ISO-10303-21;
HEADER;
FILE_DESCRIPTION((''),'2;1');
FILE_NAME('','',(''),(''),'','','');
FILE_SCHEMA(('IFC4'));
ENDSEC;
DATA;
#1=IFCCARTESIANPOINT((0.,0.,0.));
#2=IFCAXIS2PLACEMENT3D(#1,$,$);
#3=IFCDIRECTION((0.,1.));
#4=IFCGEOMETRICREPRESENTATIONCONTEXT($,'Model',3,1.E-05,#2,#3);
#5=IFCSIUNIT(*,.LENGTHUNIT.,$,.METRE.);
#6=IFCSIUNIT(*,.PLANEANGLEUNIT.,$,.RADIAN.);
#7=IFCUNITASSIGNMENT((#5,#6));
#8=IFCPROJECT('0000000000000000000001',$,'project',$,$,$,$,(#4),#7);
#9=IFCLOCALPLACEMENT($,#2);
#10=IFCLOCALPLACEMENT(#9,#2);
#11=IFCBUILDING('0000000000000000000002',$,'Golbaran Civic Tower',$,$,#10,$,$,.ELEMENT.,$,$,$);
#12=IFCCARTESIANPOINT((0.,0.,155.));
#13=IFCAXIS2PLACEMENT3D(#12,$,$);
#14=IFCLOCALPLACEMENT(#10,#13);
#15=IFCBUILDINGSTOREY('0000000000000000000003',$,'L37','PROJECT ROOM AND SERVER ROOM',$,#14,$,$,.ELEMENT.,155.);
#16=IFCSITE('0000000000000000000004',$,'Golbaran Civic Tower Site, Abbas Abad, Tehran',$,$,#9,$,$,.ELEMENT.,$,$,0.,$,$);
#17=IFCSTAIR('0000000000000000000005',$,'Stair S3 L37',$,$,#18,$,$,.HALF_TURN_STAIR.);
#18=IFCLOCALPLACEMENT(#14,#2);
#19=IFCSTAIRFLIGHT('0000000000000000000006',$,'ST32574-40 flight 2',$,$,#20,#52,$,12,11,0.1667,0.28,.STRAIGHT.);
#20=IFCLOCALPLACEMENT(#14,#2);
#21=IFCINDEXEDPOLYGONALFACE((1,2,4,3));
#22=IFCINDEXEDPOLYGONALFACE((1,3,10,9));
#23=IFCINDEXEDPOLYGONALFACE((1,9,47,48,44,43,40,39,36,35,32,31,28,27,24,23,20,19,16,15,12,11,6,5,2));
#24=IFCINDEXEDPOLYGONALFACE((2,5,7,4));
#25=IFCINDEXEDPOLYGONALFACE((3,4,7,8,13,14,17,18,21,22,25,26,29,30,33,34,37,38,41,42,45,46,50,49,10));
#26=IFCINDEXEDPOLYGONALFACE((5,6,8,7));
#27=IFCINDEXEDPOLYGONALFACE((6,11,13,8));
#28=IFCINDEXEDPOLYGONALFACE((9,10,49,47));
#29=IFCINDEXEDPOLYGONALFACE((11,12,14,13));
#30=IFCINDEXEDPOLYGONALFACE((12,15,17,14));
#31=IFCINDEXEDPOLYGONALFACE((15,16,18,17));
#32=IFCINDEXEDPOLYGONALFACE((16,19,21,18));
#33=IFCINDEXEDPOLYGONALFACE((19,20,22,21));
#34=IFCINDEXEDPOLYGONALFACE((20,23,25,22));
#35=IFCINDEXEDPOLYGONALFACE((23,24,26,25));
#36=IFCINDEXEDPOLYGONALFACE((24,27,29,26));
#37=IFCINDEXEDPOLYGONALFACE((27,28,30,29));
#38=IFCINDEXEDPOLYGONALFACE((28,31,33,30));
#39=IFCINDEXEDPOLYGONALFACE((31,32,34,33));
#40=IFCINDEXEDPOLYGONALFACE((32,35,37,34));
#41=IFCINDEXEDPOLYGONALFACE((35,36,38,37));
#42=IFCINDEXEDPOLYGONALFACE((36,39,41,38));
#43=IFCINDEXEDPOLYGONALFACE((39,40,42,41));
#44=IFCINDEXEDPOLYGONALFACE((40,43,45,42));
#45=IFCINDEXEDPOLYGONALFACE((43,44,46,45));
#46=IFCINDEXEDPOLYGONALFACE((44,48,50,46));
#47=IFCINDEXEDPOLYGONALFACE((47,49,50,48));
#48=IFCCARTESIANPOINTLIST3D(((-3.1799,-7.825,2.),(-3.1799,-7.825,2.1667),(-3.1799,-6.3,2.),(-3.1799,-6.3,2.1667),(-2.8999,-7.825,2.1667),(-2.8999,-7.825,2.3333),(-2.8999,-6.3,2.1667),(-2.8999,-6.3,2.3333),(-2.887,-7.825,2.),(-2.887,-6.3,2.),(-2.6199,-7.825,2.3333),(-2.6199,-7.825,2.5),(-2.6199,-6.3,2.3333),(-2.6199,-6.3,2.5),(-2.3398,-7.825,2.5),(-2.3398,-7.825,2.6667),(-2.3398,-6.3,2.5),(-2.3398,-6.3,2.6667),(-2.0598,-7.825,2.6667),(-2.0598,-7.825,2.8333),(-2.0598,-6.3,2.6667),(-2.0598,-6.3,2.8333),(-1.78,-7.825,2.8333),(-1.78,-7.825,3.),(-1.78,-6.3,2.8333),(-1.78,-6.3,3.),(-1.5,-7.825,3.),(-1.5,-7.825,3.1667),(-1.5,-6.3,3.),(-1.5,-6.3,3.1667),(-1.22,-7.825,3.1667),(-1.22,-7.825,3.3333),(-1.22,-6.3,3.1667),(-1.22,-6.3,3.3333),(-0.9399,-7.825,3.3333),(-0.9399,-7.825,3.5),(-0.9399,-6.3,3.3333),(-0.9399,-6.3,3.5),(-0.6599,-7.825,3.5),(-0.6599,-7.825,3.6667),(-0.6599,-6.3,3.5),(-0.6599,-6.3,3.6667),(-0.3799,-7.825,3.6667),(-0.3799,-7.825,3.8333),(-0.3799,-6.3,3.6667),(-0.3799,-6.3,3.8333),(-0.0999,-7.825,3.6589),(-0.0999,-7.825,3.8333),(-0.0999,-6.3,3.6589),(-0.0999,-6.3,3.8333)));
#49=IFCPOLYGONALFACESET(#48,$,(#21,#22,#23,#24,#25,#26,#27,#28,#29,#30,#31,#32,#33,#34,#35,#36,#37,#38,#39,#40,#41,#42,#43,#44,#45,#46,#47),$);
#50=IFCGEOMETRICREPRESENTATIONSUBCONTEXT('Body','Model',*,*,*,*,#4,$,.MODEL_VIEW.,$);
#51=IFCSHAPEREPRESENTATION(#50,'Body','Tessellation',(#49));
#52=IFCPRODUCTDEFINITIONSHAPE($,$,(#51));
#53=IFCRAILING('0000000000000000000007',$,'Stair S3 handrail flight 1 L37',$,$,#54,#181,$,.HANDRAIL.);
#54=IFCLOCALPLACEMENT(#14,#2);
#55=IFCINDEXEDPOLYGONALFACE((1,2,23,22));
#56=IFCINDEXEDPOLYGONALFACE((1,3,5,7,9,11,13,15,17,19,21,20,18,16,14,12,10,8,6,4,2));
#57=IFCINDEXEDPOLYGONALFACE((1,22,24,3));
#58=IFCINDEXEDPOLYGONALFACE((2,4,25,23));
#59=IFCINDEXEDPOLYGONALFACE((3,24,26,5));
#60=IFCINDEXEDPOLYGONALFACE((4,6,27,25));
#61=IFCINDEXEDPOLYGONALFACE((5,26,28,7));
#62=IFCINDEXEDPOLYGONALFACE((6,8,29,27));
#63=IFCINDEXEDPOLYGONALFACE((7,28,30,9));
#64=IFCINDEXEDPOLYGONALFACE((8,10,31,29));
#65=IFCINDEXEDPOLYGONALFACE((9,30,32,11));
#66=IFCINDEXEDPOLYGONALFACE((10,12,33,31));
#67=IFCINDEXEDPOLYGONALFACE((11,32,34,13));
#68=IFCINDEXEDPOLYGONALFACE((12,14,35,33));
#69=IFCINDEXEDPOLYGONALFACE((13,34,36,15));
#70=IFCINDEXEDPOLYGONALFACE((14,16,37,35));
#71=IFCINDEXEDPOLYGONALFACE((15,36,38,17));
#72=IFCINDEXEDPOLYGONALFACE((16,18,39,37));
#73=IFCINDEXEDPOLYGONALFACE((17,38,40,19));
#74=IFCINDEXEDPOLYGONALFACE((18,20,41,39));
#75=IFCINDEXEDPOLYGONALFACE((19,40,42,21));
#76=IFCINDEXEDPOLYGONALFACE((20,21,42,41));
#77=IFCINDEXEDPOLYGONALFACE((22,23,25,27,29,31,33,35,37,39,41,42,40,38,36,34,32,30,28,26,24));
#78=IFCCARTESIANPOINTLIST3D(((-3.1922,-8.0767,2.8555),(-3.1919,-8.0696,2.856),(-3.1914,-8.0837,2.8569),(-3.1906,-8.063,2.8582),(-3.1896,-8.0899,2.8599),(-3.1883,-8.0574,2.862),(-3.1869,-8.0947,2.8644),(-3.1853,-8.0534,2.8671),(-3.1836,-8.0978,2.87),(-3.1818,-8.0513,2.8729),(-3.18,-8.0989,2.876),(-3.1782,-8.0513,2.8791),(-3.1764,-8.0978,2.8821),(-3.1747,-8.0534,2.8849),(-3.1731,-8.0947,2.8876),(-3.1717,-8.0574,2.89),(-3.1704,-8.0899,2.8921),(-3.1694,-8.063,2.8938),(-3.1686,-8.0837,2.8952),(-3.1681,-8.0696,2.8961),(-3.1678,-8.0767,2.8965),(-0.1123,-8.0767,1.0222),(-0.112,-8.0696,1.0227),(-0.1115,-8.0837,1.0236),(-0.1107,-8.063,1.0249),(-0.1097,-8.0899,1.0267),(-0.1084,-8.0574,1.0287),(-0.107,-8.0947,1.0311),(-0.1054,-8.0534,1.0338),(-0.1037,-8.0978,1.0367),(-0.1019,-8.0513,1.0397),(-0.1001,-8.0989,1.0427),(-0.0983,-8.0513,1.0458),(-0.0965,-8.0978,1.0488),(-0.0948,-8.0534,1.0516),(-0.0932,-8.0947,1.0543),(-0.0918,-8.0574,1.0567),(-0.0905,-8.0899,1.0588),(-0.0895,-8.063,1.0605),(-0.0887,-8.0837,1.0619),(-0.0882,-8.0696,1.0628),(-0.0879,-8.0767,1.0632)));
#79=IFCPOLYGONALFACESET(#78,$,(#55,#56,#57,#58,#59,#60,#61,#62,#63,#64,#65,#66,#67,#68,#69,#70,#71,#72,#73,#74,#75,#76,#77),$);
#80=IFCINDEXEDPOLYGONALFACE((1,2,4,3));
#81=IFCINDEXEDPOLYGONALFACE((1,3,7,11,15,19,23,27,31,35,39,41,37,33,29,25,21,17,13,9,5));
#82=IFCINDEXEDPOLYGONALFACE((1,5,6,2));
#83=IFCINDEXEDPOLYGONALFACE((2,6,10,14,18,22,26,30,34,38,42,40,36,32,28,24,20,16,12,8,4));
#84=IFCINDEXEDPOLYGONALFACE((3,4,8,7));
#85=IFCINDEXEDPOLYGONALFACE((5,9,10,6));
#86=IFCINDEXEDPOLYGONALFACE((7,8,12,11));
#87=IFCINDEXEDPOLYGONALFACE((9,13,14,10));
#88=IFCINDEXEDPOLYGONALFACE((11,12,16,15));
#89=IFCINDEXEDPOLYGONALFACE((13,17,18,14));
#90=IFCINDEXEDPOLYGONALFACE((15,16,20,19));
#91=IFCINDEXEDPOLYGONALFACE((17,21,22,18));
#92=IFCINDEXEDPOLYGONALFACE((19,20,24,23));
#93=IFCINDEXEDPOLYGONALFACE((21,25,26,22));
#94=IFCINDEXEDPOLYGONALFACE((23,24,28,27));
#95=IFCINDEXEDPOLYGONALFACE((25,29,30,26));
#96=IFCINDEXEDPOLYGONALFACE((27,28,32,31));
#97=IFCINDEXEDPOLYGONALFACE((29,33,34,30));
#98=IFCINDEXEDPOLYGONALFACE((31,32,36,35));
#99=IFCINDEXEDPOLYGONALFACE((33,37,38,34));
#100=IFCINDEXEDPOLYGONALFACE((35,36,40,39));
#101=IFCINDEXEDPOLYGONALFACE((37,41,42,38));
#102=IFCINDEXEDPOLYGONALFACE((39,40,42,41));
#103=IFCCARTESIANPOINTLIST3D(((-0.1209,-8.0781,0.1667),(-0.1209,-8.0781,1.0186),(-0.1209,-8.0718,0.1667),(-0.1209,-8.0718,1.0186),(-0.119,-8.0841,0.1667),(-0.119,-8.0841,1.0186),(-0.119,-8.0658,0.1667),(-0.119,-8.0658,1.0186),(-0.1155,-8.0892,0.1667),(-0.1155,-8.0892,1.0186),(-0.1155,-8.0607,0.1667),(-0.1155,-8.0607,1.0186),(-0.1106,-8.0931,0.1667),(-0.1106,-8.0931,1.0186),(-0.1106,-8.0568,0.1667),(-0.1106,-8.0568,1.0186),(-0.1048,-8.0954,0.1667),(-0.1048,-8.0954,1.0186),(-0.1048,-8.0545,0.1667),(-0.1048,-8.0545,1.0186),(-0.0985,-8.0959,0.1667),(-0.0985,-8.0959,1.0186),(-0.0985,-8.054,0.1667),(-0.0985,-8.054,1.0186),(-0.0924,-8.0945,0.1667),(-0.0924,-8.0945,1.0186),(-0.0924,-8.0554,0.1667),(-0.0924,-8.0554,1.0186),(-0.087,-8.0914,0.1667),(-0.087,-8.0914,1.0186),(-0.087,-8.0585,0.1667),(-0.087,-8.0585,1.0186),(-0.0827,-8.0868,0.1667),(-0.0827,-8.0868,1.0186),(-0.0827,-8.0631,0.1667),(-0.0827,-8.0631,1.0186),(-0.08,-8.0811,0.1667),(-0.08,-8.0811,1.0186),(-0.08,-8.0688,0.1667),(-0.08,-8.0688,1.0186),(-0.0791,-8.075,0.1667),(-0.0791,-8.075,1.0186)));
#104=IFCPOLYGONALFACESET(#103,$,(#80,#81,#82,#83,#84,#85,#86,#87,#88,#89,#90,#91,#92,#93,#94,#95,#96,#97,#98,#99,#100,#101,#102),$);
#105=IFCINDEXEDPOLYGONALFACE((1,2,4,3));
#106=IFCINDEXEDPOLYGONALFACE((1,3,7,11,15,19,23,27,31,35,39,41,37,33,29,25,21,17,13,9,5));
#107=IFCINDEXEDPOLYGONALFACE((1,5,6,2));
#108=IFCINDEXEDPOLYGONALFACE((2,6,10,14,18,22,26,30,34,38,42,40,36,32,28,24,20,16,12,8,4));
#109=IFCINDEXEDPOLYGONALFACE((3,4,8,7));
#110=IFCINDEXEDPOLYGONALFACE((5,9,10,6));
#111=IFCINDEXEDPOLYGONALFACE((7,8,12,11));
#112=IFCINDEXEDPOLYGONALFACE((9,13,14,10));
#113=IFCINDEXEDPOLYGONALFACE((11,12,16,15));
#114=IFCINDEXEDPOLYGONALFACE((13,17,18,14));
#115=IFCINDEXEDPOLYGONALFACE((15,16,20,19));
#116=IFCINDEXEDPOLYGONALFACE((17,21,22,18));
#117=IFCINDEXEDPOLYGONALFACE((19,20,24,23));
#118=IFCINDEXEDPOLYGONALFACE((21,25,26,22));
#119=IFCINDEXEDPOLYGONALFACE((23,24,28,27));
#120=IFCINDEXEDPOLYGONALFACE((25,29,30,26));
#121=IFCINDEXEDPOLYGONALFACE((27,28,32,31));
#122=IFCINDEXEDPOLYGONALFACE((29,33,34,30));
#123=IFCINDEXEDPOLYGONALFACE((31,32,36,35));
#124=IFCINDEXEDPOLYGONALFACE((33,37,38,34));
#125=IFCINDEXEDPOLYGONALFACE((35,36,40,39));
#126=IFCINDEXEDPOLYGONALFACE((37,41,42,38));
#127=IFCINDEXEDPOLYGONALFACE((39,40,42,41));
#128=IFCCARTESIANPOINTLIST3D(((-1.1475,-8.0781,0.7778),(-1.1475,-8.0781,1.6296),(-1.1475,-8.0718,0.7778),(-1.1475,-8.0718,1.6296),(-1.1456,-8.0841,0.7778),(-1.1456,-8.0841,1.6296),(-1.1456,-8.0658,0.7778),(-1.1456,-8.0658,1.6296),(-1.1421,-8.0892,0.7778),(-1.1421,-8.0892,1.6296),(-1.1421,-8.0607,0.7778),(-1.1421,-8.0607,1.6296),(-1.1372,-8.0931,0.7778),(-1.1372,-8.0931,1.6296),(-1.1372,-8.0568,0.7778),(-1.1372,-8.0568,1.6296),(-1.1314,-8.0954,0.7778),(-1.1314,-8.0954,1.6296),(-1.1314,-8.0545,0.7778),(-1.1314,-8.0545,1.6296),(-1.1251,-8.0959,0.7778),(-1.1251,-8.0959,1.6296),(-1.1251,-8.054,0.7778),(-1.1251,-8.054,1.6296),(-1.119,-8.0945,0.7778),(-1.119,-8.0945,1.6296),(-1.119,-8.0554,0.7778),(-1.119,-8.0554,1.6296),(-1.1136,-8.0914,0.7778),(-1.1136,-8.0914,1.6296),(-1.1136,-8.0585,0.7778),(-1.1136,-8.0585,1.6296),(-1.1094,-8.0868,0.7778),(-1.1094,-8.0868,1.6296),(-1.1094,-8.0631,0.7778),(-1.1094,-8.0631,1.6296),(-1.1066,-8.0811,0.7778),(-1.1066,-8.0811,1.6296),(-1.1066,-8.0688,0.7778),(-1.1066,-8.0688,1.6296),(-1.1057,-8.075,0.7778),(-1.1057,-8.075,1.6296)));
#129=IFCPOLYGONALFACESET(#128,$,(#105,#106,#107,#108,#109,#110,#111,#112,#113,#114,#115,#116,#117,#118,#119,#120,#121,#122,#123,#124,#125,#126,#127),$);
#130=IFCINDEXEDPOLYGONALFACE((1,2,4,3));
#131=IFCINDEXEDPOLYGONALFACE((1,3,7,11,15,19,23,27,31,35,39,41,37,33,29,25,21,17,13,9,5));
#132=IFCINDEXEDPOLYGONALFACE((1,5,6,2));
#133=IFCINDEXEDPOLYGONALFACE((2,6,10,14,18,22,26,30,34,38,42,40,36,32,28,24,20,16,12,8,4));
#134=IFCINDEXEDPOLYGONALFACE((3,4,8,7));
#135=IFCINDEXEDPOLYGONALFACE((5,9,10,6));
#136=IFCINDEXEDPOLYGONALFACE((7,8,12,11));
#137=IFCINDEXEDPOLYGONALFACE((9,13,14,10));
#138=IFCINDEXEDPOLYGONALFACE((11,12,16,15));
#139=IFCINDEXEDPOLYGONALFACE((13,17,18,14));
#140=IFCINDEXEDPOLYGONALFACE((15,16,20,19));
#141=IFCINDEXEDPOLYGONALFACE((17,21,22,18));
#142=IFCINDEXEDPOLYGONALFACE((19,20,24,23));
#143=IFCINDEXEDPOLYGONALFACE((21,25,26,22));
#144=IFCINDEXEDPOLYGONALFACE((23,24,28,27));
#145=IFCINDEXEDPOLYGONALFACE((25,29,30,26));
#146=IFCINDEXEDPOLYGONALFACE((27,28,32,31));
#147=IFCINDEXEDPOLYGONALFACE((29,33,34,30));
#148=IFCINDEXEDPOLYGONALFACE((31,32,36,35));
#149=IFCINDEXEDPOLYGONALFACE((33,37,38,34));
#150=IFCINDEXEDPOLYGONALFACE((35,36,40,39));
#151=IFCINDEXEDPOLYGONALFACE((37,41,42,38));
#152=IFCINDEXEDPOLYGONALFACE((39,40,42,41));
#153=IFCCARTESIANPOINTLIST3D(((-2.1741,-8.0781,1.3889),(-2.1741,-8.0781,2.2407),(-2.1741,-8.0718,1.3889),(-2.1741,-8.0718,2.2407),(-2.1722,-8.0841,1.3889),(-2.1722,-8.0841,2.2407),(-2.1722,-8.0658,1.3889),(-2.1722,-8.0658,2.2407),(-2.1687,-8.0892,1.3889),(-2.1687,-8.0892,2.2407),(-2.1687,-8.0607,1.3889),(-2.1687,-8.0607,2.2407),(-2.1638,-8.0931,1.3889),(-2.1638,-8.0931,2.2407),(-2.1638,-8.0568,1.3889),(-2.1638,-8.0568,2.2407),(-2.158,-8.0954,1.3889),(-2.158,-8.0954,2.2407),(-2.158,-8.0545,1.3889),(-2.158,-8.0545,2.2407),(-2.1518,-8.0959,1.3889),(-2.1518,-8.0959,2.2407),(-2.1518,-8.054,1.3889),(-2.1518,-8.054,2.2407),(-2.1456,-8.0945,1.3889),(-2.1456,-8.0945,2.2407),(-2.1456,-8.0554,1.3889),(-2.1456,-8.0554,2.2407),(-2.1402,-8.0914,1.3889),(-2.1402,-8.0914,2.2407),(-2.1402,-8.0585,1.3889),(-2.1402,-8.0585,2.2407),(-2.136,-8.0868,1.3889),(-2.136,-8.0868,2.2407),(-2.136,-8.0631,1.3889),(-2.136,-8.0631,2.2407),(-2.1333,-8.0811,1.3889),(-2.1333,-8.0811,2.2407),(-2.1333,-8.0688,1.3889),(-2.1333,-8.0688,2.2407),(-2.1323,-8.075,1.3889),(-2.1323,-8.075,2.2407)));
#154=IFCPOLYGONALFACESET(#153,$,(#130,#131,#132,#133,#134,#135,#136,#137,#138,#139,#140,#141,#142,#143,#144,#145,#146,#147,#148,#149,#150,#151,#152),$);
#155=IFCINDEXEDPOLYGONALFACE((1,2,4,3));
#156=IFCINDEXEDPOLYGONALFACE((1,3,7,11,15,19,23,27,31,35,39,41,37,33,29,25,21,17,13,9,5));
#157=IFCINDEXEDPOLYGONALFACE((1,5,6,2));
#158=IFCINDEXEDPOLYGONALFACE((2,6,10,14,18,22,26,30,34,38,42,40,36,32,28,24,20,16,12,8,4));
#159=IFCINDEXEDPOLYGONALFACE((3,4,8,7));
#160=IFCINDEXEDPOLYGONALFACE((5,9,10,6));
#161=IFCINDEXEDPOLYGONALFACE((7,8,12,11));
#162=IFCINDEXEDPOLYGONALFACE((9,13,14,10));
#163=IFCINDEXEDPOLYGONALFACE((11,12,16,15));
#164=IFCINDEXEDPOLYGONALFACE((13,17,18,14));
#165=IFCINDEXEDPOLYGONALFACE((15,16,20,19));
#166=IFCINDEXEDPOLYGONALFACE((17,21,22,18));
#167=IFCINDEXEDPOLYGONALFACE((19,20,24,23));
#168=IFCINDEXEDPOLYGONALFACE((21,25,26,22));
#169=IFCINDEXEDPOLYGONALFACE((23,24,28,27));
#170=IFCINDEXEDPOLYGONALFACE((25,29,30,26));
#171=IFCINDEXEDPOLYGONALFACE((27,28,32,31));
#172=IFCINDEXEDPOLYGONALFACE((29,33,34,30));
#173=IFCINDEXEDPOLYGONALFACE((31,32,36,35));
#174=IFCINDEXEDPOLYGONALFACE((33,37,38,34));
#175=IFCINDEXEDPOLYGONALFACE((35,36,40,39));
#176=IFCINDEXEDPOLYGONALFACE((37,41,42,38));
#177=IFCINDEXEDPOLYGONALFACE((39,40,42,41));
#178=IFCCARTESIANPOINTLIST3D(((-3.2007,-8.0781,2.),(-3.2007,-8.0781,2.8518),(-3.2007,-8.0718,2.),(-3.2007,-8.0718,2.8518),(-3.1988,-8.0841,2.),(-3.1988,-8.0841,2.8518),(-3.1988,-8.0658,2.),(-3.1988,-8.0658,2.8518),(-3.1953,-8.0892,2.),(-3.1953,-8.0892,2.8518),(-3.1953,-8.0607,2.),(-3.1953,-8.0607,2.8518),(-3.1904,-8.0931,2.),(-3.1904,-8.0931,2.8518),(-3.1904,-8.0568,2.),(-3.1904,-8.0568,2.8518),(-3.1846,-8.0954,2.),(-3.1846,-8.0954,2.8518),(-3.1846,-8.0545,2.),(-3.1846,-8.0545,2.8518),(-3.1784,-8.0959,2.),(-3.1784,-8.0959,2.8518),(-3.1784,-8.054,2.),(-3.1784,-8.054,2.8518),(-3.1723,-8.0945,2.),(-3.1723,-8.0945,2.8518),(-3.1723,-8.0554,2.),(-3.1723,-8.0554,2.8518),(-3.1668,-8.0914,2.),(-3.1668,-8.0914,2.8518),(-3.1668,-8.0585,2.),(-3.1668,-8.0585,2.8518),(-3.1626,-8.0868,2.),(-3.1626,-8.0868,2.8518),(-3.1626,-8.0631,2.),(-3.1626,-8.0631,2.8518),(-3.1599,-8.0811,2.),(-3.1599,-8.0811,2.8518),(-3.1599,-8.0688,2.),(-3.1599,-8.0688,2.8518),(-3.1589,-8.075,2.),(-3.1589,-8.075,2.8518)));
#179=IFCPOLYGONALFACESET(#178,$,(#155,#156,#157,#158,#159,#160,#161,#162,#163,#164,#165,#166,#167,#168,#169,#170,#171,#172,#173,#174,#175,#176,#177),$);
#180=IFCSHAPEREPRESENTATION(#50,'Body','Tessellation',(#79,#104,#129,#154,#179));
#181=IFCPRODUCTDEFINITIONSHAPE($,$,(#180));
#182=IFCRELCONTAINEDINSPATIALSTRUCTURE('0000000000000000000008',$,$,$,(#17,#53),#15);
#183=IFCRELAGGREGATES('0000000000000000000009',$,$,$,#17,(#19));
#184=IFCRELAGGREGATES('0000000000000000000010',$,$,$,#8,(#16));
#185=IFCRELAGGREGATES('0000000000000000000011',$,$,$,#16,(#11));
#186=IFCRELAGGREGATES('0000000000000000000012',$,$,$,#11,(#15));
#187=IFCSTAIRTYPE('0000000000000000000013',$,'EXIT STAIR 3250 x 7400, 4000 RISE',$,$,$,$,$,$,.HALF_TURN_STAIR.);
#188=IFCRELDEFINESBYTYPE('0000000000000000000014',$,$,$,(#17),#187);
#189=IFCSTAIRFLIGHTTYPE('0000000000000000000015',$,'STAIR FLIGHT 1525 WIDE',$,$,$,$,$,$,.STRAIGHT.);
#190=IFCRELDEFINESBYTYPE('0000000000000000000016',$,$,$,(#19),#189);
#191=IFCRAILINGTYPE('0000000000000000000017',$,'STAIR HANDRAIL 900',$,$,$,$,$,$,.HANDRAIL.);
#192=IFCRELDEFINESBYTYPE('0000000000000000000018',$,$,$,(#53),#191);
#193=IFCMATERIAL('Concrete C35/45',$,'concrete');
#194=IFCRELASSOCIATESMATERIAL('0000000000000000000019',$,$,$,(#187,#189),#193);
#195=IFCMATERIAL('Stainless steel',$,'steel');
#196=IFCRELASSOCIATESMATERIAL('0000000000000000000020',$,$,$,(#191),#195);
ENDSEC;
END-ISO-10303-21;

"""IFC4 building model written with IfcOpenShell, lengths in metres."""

from ifc_helpers import new_model, si_unit, direction, frame, origin, origin_2d, place, context, subcontext, project, spatial, polyline, circle, outline, extrude, material, type_object, element, aggregate, save


model = new_model("IFC4")

# Units and contexts
model_context = context("Model", 3, precision=1e-05, world=origin(), true_north=direction((0.0, 1.0)))
body_context = subcontext(model_context, "Body", "Model", "MODEL_VIEW")
ifc_project = project(units=[si_unit("LENGTHUNIT", "METRE"), si_unit("PLANEANGLEUNIT", "RADIAN")], contexts=[model_context])

# Site, building, storey
site_placement = place(None, origin())
site = spatial("IfcSite", under=ifc_project, at=site_placement, Name="Golbaran Civic Tower Site, Abbas Abad, Tehran", CompositionType="ELEMENT", RefElevation=0.0)
building_placement = place(site_placement, origin())
building = spatial("IfcBuilding", under=site, at=building_placement, Name="Golbaran Civic Tower", CompositionType="ELEMENT")
storey_placement = place(building_placement, frame((0.0, 0.0, 155.0)))
storey = spatial("IfcBuildingStorey", under=building, at=storey_placement, Name="L37", Description="PROJECT ROOM AND SERVER ROOM", CompositionType="ELEMENT", Elevation=155.0)

# Shared definitions
ifc_material_1 = material(Name="Concrete C35/45", Category="concrete")

# Shared definitions
ifc_material_2 = material(Name="Stainless steel", Category="steel")

# Stair, stair flight
stair_type_1 = type_object("IfcStairType", Name="EXIT STAIR 3250 x 7400, 4000 RISE", PredefinedType="HALF_TURN_STAIR", material=ifc_material_1)
stair_1_placement = place(storey_placement, origin())
stair_1 = element("IfcStair", 1, at=stair_1_placement, inside=storey, type_object=stair_type_1, Name="Stair S3 L37", PredefinedType="HALF_TURN_STAIR")
stair_flight_type = type_object("IfcStairFlightType", Name="STAIR FLIGHT 1525 WIDE", PredefinedType="STRAIGHT", material=ifc_material_1)
stair_flight_1_placement = place(storey_placement, frame((-3.1799, -7.0625, 2.0), z_axis=(0.0, 0.0, 1.0), x_axis=(1.0, 0.0, 0.0)))
stair_flight_1 = element("IfcStairFlight", 2, at=stair_flight_1_placement, type_object=stair_flight_type, Name="ST32574-40 flight 2", NumberOfRisers=12, NumberOfTreads=11, PredefinedType="STRAIGHT", RiserHeight=0.1667, TreadLength=0.28, context=body_context, shape_type="SweptSolid", body=[
    extrude(outline(polyline([(0.0, 0.0), (0.0, 0.1667), (0.28, 0.1667), (0.28, 0.3333), (0.5601, 0.3333), (0.5601, 0.5), (0.8401, 0.5), (0.8401, 0.6667), (1.1201, 0.6667), (1.1201, 0.8333), (1.3999, 0.8333), (1.3999, 1.0), (1.6799, 1.0), (1.6799, 1.1667), (1.96, 1.1667), (1.96, 1.3333), (2.24, 1.3333), (2.24, 1.5), (2.52, 1.5), (2.52, 1.6667), (2.8, 1.6667), (2.8, 1.8333), (3.0801, 1.8333), (3.0801, 2.0), (3.0801, 1.6589), (0.293, 0.0), (0.0, 0.0)])), frame((0.0, 0.7625, 0.0), z_axis=(0.0, -1.0, 0.0), x_axis=(1.0, 0.0, 0.0)), (0.0, 0.0, 1.0), 1.5249),
])
aggregate(stair_1, [stair_flight_1])

# Railing
railing_type = type_object("IfcRailingType", Name="STAIR HANDRAIL 900", PredefinedType="HANDRAIL", material=ifc_material_2)
railing_1_placement = place(storey_placement, frame((-0.1001, -8.075, 0.1667)))
element("IfcRailing", 3, at=railing_1_placement, inside=storey, type_object=railing_type, Name="Stair S3 handrail flight 1 L37", PredefinedType="HANDRAIL", context=body_context, shape_type="SweptSolid", body=[
    extrude(circle(Radius=0.0239, at=origin_2d()), frame((0.0, 0.0, 0.876), z_axis=(-0.859291, 0.0, 0.511487), x_axis=(0.0, -1.0, 0.0)), (0.0, 0.0, 1.0), 3.5842),
    extrude(circle(Radius=0.021, at=origin_2d()), origin(), (0.0, 0.0, 1.0), 0.8518),
    extrude(circle(Radius=0.021, at=origin_2d()), frame((-1.0266, 0.0, 0.6111)), (0.0, 0.0, 1.0), 0.8518),
    extrude(circle(Radius=0.021, at=origin_2d()), frame((-2.0532, 0.0, 1.2222)), (0.0, 0.0, 1.0), 0.8518),
    extrude(circle(Radius=0.021, at=origin_2d()), frame((-3.0798, 0.0, 1.8333)), (0.0, 0.0, 1.0), 0.8518),
])

save(model, "model.ifc")
